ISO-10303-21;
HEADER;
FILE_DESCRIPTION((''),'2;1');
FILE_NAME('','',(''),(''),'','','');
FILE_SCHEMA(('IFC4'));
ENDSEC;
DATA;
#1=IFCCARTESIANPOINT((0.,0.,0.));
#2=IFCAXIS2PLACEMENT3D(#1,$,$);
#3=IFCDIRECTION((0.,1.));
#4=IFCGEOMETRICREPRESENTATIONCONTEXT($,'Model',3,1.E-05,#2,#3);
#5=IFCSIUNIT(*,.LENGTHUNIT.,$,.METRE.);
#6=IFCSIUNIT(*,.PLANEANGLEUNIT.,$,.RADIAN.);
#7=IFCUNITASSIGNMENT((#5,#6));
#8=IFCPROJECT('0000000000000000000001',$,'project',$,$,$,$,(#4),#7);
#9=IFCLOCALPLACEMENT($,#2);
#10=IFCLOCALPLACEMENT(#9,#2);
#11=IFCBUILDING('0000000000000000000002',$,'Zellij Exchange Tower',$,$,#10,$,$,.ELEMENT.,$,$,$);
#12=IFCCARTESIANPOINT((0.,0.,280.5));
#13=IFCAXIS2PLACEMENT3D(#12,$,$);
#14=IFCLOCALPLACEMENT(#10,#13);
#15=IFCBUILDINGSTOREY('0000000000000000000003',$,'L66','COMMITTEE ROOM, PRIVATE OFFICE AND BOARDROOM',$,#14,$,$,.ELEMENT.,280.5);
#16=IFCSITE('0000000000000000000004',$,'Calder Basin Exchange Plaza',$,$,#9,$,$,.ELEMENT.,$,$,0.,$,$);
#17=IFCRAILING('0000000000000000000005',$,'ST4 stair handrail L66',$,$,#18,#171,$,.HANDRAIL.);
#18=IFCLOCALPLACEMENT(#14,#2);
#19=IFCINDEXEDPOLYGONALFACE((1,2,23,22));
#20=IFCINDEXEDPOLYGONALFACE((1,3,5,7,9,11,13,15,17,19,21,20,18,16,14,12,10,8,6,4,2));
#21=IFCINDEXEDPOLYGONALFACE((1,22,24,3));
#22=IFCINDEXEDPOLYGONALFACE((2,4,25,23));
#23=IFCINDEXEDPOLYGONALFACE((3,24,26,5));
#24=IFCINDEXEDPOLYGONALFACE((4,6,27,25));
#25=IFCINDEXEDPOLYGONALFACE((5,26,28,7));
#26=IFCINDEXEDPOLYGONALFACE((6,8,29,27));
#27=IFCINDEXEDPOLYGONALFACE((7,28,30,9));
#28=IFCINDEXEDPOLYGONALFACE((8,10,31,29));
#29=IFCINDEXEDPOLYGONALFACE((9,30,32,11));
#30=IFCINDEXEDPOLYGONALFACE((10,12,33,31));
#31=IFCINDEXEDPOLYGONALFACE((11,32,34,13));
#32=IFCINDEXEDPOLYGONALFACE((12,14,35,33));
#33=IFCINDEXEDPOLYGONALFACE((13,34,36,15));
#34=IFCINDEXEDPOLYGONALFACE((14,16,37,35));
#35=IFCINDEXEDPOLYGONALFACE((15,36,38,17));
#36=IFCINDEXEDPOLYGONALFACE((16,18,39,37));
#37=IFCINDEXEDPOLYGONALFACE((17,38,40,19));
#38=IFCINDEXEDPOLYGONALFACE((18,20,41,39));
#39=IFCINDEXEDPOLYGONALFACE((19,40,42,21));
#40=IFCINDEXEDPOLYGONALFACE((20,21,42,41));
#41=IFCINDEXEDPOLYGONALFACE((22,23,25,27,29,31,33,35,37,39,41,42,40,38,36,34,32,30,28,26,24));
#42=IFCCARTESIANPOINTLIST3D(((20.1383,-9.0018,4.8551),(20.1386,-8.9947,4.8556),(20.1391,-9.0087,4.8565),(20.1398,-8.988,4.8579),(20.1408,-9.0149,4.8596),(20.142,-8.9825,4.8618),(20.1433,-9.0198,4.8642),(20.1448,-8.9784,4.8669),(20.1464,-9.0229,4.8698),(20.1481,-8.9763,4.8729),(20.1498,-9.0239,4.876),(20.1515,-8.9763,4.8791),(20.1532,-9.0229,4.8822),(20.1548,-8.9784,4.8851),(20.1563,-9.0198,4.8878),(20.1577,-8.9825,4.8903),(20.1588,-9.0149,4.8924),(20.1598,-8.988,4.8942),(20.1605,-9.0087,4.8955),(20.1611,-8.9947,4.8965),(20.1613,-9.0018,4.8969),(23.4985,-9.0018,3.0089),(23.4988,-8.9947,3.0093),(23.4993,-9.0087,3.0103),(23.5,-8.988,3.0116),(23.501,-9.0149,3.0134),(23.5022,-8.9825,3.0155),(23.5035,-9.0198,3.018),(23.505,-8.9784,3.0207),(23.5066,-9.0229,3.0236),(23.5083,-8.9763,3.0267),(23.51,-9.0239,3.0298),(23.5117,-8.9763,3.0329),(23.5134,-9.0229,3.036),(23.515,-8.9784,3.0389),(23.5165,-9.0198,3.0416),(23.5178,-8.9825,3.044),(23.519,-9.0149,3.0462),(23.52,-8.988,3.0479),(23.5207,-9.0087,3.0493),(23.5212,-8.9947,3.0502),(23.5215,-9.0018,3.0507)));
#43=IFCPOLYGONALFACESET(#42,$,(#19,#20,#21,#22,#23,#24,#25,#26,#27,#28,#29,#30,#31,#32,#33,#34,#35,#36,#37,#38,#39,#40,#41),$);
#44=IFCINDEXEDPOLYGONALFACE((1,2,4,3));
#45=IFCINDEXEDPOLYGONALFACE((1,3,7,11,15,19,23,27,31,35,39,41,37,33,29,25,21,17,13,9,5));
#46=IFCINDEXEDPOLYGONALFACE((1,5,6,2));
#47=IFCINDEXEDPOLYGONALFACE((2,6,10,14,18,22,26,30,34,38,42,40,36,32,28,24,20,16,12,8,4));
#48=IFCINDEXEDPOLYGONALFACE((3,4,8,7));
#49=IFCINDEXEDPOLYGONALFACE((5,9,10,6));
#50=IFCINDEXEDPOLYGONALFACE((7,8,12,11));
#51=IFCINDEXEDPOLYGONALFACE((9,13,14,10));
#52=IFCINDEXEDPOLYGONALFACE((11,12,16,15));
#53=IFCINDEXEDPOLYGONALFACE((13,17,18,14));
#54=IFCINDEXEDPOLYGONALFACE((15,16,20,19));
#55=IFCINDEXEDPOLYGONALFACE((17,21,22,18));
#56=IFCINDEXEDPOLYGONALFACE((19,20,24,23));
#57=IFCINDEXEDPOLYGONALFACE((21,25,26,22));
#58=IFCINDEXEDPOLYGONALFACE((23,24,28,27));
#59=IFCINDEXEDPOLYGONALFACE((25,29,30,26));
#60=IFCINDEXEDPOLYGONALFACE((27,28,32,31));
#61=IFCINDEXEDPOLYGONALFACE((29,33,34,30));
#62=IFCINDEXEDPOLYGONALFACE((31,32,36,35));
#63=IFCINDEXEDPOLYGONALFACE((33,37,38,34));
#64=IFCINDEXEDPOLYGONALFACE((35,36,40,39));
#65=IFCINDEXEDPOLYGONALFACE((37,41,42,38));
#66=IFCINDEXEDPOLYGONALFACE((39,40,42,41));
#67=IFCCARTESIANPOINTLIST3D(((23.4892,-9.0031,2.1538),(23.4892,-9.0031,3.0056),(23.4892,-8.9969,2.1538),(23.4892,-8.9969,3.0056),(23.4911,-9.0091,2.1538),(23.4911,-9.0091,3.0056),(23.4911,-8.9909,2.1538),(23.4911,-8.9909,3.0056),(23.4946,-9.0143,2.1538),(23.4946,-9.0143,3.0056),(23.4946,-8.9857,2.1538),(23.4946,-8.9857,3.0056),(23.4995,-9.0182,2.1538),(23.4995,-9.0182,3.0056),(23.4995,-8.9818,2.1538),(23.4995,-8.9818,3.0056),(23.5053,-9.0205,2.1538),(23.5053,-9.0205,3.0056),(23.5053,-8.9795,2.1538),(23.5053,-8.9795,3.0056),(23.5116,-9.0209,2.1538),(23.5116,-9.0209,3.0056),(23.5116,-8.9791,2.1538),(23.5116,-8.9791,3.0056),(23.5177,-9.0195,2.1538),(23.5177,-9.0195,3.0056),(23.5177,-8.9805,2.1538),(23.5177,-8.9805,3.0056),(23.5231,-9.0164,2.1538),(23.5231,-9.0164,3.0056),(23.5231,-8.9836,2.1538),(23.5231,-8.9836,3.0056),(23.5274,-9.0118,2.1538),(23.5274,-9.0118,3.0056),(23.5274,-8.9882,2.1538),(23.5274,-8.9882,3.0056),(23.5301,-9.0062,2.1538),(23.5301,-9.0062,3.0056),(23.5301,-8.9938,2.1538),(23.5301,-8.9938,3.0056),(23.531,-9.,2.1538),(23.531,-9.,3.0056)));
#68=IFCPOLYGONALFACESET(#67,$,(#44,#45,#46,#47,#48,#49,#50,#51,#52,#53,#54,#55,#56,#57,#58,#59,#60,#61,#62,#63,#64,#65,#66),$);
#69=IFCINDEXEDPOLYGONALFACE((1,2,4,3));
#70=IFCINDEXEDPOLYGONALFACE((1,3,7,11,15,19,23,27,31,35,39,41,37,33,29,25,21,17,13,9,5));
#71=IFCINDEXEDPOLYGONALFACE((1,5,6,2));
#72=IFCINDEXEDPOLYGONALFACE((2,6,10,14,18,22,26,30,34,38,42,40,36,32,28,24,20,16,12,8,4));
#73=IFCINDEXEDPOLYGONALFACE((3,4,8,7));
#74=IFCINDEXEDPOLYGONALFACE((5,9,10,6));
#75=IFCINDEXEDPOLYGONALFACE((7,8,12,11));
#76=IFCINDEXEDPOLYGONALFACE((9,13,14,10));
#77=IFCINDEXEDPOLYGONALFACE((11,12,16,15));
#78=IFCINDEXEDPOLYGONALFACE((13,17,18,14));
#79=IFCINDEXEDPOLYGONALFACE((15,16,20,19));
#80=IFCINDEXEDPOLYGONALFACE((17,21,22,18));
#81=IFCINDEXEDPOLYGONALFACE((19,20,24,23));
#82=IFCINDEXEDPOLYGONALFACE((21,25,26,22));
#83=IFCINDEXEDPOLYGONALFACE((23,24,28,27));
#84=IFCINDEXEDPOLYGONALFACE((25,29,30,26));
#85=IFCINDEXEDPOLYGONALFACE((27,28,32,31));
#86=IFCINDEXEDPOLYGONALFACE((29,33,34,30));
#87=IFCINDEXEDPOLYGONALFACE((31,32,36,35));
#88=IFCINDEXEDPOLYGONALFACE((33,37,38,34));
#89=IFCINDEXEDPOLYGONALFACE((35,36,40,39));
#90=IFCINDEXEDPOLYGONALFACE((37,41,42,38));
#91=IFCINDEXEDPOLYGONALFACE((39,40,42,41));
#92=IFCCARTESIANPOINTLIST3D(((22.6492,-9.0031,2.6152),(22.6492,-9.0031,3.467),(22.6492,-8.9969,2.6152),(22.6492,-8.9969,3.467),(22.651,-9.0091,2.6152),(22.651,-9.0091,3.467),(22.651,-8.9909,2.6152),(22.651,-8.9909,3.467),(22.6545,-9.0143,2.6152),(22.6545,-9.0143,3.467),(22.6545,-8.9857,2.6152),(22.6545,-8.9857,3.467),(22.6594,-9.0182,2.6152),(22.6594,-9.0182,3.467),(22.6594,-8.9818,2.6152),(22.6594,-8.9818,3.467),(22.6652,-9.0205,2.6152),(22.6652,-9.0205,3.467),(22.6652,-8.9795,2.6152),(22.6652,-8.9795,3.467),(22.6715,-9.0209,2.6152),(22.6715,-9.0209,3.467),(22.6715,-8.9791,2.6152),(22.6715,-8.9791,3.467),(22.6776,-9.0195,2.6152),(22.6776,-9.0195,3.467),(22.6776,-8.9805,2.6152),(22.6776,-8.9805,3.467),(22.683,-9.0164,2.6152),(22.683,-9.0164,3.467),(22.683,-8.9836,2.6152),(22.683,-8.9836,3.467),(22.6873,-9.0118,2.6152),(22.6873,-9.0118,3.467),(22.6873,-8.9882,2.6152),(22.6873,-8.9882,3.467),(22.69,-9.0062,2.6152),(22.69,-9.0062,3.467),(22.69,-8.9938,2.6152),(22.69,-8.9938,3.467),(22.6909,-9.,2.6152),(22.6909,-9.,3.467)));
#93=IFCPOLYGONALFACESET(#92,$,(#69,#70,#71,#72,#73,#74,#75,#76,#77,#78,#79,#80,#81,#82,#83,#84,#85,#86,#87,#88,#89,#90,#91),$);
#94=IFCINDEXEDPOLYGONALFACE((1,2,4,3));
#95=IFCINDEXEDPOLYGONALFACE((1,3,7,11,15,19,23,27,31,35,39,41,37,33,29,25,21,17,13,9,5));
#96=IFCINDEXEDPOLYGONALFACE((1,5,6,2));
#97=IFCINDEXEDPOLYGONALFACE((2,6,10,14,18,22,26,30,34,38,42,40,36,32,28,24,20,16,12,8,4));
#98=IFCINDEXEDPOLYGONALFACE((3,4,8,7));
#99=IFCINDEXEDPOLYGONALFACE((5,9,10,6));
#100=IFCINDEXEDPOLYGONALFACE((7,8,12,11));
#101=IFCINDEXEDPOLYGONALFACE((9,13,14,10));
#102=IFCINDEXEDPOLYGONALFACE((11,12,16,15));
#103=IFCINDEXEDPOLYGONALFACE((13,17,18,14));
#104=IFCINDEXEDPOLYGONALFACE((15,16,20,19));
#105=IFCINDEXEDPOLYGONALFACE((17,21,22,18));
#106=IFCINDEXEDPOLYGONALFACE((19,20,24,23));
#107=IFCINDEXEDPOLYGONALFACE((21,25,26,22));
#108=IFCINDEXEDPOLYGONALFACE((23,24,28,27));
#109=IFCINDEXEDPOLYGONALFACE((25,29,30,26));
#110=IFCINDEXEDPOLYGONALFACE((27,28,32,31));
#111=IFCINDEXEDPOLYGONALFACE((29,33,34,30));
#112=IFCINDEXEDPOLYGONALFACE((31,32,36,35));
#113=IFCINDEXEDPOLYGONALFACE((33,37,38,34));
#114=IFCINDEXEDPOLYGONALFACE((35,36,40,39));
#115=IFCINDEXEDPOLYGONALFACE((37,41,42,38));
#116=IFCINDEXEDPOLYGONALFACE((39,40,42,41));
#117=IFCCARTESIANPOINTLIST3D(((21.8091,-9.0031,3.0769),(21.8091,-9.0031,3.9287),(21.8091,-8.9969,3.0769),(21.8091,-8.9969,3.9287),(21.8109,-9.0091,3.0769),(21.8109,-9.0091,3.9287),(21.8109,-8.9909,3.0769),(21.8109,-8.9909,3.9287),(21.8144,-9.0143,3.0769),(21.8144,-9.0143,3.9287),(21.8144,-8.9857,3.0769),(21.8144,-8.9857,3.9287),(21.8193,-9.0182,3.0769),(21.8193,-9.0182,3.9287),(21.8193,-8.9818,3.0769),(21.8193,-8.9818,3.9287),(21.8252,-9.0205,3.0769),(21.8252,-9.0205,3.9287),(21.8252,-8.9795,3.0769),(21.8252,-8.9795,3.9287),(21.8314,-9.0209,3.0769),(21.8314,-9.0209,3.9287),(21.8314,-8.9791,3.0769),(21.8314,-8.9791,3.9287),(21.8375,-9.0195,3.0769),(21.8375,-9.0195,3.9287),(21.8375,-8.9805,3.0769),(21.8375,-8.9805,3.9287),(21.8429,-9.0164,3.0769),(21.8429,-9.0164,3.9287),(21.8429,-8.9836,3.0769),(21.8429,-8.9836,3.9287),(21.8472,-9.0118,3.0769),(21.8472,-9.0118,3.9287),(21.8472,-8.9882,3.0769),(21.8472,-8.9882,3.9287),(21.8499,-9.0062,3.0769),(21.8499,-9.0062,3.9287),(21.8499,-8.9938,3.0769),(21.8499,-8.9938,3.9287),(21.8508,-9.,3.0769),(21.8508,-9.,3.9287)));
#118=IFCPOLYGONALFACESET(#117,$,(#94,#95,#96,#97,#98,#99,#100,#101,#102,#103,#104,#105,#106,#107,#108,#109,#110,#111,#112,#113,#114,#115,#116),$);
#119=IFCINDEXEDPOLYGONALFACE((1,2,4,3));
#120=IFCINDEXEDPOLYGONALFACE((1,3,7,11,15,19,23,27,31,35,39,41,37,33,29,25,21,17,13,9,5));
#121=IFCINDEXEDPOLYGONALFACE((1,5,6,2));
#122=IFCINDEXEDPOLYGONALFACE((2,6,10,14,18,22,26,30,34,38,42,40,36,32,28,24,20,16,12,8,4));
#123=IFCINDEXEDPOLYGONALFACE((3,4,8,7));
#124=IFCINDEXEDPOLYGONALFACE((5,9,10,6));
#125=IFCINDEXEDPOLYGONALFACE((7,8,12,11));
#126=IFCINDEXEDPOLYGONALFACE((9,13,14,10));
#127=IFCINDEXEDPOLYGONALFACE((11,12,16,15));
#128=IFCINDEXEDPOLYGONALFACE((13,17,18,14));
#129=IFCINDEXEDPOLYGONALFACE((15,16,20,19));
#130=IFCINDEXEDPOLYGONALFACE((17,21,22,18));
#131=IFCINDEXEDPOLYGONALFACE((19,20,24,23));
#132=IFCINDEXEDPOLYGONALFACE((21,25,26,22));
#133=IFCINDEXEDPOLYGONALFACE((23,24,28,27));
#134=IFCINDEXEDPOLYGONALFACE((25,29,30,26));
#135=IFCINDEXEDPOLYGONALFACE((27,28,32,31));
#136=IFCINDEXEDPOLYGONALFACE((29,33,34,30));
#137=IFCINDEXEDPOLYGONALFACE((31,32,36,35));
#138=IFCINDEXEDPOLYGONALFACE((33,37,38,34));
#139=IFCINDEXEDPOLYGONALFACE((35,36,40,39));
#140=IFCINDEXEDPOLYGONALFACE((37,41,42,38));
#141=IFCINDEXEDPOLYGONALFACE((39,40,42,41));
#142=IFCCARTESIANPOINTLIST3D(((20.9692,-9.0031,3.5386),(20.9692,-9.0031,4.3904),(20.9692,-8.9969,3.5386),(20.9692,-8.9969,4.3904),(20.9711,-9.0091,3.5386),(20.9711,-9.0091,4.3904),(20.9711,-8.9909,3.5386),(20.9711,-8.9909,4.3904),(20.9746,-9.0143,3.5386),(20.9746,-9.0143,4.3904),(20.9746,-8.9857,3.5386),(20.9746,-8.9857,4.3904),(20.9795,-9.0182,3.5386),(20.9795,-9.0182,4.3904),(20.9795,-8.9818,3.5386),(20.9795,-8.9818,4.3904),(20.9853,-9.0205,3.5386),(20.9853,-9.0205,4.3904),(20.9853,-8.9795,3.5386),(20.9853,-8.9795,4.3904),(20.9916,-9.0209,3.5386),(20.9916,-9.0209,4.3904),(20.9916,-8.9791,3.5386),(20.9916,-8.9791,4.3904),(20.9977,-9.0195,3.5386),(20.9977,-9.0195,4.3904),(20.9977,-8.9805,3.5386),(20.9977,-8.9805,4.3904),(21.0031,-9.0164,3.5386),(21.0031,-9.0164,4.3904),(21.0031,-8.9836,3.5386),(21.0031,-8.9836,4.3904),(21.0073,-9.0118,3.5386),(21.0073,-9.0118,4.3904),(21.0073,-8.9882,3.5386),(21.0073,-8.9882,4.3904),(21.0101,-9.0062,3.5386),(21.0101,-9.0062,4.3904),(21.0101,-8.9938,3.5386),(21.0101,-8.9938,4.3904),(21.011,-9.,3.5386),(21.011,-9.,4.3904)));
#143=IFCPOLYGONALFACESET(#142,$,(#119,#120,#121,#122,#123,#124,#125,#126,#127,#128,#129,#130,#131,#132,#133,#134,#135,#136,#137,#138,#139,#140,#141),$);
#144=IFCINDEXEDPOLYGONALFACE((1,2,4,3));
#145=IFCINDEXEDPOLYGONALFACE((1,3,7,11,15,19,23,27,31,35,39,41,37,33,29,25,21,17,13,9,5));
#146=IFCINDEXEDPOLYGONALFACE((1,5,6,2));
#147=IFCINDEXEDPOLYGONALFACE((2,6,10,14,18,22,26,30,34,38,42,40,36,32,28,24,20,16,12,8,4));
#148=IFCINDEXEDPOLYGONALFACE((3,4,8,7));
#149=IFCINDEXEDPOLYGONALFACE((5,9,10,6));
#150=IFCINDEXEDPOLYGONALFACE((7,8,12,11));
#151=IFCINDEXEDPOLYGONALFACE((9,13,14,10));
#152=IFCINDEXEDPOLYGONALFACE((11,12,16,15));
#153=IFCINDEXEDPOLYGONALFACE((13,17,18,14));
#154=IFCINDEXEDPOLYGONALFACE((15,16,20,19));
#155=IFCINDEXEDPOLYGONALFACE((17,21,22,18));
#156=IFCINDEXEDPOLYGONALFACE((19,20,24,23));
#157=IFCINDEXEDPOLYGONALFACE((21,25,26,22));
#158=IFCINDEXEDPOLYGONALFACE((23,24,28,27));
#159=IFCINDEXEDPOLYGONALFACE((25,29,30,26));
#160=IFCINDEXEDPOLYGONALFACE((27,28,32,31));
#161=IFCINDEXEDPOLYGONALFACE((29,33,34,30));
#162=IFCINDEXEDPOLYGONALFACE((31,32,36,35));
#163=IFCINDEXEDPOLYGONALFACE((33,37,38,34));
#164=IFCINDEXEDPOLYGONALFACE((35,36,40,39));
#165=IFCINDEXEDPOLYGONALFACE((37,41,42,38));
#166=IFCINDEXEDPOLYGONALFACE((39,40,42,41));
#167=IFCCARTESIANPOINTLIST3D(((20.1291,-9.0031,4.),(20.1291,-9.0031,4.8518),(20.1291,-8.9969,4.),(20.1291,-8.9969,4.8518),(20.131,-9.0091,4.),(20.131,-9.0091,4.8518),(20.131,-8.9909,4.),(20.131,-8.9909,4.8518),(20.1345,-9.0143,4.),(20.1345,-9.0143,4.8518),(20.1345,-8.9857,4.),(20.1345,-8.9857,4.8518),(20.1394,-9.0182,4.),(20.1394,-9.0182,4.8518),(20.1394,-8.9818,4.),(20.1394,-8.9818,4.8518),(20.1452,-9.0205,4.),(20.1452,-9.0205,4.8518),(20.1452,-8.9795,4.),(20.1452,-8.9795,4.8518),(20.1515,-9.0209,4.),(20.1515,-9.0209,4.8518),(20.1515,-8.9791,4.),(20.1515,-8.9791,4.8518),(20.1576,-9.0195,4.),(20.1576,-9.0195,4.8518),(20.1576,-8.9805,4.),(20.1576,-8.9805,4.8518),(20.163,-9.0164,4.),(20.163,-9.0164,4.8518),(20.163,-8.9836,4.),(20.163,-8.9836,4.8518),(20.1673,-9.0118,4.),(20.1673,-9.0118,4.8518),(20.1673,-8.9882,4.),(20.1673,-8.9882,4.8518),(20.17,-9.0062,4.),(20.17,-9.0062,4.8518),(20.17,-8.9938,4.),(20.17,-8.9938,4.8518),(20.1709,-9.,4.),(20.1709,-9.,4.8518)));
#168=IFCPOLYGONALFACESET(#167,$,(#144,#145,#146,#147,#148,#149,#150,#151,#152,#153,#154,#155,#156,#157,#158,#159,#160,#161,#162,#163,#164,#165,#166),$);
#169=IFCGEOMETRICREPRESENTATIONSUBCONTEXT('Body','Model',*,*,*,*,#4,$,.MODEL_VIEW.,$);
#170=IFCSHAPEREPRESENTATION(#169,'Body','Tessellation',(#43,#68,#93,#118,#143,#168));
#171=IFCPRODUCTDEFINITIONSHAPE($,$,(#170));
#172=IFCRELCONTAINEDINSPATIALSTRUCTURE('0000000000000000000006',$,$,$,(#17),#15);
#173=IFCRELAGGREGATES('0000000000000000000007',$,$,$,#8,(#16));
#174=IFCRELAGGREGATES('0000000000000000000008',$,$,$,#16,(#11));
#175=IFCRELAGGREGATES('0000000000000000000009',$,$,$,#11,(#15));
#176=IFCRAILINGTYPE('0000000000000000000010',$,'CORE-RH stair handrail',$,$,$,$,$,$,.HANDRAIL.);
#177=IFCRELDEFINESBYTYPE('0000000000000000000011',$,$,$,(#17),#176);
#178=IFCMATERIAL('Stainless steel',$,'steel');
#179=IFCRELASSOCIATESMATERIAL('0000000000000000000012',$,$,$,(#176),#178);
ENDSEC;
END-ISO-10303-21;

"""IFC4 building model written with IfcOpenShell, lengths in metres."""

from ifc_helpers import new_model, si_unit, direction, frame, origin, origin_2d, place, context, subcontext, project, spatial, circle, extrude, material, type_object, element, save


model = new_model("IFC4")

# Units and contexts
model_context = context("Model", 3, precision=1e-05, world=origin(), true_north=direction((0.0, 1.0)))
body_context = subcontext(model_context, "Body", "Model", "MODEL_VIEW")
ifc_project = project(units=[si_unit("LENGTHUNIT", "METRE"), si_unit("PLANEANGLEUNIT", "RADIAN")], contexts=[model_context])

# Site, building, storey
site_placement = place(None, origin())
site = spatial("IfcSite", under=ifc_project, at=site_placement, Name="Calder Basin Exchange Plaza", CompositionType="ELEMENT", RefElevation=0.0)
building_placement = place(site_placement, origin())
building = spatial("IfcBuilding", under=site, at=building_placement, Name="Zellij Exchange Tower", CompositionType="ELEMENT")
storey_placement = place(building_placement, frame((0.0, 0.0, 280.5)))
storey = spatial("IfcBuildingStorey", under=building, at=storey_placement, Name="L66", Description="COMMITTEE ROOM, PRIVATE OFFICE AND BOARDROOM", CompositionType="ELEMENT", Elevation=280.5)

# Railing
ifc_material_1 = material(Name="Stainless steel", Category="steel")
railing_type_1 = type_object("IfcRailingType", Name="CORE-RH stair handrail", PredefinedType="HANDRAIL", material=ifc_material_1)
railing_1_placement = place(storey_placement, frame((23.51, -9.0, 2.1538)))
element("IfcRailing", 1, at=railing_1_placement, inside=storey, type_object=railing_type_1, Name="ST4 stair handrail L66", PredefinedType="HANDRAIL", context=body_context, shape_type="SweptSolid", body=[
    extrude(circle(Radius=0.0239, at=origin_2d()), frame((0.0, 0.0, 0.876), z_axis=(-0.876422, 0.0, 0.481545), x_axis=(0.0, -1.0, 0.0)), (0.0, 0.0, 1.0), 3.834),
    extrude(circle(Radius=0.021, at=origin_2d()), origin(), (0.0, 0.0, 1.0), 0.8518),
    extrude(circle(Radius=0.021, at=origin_2d()), frame((-0.8401, 0.0, 0.4614)), (0.0, 0.0, 1.0), 0.8518),
    extrude(circle(Radius=0.021, at=origin_2d()), frame((-1.6802, 0.0, 0.9231)), (0.0, 0.0, 1.0), 0.8518),
    extrude(circle(Radius=0.021, at=origin_2d()), frame((-2.52, 0.0, 1.3848)), (0.0, 0.0, 1.0), 0.8518),
    extrude(circle(Radius=0.021, at=origin_2d()), frame((-3.3601, 0.0, 1.8462)), (0.0, 0.0, 1.0), 0.8518),
])

save(model, "model.ifc")
